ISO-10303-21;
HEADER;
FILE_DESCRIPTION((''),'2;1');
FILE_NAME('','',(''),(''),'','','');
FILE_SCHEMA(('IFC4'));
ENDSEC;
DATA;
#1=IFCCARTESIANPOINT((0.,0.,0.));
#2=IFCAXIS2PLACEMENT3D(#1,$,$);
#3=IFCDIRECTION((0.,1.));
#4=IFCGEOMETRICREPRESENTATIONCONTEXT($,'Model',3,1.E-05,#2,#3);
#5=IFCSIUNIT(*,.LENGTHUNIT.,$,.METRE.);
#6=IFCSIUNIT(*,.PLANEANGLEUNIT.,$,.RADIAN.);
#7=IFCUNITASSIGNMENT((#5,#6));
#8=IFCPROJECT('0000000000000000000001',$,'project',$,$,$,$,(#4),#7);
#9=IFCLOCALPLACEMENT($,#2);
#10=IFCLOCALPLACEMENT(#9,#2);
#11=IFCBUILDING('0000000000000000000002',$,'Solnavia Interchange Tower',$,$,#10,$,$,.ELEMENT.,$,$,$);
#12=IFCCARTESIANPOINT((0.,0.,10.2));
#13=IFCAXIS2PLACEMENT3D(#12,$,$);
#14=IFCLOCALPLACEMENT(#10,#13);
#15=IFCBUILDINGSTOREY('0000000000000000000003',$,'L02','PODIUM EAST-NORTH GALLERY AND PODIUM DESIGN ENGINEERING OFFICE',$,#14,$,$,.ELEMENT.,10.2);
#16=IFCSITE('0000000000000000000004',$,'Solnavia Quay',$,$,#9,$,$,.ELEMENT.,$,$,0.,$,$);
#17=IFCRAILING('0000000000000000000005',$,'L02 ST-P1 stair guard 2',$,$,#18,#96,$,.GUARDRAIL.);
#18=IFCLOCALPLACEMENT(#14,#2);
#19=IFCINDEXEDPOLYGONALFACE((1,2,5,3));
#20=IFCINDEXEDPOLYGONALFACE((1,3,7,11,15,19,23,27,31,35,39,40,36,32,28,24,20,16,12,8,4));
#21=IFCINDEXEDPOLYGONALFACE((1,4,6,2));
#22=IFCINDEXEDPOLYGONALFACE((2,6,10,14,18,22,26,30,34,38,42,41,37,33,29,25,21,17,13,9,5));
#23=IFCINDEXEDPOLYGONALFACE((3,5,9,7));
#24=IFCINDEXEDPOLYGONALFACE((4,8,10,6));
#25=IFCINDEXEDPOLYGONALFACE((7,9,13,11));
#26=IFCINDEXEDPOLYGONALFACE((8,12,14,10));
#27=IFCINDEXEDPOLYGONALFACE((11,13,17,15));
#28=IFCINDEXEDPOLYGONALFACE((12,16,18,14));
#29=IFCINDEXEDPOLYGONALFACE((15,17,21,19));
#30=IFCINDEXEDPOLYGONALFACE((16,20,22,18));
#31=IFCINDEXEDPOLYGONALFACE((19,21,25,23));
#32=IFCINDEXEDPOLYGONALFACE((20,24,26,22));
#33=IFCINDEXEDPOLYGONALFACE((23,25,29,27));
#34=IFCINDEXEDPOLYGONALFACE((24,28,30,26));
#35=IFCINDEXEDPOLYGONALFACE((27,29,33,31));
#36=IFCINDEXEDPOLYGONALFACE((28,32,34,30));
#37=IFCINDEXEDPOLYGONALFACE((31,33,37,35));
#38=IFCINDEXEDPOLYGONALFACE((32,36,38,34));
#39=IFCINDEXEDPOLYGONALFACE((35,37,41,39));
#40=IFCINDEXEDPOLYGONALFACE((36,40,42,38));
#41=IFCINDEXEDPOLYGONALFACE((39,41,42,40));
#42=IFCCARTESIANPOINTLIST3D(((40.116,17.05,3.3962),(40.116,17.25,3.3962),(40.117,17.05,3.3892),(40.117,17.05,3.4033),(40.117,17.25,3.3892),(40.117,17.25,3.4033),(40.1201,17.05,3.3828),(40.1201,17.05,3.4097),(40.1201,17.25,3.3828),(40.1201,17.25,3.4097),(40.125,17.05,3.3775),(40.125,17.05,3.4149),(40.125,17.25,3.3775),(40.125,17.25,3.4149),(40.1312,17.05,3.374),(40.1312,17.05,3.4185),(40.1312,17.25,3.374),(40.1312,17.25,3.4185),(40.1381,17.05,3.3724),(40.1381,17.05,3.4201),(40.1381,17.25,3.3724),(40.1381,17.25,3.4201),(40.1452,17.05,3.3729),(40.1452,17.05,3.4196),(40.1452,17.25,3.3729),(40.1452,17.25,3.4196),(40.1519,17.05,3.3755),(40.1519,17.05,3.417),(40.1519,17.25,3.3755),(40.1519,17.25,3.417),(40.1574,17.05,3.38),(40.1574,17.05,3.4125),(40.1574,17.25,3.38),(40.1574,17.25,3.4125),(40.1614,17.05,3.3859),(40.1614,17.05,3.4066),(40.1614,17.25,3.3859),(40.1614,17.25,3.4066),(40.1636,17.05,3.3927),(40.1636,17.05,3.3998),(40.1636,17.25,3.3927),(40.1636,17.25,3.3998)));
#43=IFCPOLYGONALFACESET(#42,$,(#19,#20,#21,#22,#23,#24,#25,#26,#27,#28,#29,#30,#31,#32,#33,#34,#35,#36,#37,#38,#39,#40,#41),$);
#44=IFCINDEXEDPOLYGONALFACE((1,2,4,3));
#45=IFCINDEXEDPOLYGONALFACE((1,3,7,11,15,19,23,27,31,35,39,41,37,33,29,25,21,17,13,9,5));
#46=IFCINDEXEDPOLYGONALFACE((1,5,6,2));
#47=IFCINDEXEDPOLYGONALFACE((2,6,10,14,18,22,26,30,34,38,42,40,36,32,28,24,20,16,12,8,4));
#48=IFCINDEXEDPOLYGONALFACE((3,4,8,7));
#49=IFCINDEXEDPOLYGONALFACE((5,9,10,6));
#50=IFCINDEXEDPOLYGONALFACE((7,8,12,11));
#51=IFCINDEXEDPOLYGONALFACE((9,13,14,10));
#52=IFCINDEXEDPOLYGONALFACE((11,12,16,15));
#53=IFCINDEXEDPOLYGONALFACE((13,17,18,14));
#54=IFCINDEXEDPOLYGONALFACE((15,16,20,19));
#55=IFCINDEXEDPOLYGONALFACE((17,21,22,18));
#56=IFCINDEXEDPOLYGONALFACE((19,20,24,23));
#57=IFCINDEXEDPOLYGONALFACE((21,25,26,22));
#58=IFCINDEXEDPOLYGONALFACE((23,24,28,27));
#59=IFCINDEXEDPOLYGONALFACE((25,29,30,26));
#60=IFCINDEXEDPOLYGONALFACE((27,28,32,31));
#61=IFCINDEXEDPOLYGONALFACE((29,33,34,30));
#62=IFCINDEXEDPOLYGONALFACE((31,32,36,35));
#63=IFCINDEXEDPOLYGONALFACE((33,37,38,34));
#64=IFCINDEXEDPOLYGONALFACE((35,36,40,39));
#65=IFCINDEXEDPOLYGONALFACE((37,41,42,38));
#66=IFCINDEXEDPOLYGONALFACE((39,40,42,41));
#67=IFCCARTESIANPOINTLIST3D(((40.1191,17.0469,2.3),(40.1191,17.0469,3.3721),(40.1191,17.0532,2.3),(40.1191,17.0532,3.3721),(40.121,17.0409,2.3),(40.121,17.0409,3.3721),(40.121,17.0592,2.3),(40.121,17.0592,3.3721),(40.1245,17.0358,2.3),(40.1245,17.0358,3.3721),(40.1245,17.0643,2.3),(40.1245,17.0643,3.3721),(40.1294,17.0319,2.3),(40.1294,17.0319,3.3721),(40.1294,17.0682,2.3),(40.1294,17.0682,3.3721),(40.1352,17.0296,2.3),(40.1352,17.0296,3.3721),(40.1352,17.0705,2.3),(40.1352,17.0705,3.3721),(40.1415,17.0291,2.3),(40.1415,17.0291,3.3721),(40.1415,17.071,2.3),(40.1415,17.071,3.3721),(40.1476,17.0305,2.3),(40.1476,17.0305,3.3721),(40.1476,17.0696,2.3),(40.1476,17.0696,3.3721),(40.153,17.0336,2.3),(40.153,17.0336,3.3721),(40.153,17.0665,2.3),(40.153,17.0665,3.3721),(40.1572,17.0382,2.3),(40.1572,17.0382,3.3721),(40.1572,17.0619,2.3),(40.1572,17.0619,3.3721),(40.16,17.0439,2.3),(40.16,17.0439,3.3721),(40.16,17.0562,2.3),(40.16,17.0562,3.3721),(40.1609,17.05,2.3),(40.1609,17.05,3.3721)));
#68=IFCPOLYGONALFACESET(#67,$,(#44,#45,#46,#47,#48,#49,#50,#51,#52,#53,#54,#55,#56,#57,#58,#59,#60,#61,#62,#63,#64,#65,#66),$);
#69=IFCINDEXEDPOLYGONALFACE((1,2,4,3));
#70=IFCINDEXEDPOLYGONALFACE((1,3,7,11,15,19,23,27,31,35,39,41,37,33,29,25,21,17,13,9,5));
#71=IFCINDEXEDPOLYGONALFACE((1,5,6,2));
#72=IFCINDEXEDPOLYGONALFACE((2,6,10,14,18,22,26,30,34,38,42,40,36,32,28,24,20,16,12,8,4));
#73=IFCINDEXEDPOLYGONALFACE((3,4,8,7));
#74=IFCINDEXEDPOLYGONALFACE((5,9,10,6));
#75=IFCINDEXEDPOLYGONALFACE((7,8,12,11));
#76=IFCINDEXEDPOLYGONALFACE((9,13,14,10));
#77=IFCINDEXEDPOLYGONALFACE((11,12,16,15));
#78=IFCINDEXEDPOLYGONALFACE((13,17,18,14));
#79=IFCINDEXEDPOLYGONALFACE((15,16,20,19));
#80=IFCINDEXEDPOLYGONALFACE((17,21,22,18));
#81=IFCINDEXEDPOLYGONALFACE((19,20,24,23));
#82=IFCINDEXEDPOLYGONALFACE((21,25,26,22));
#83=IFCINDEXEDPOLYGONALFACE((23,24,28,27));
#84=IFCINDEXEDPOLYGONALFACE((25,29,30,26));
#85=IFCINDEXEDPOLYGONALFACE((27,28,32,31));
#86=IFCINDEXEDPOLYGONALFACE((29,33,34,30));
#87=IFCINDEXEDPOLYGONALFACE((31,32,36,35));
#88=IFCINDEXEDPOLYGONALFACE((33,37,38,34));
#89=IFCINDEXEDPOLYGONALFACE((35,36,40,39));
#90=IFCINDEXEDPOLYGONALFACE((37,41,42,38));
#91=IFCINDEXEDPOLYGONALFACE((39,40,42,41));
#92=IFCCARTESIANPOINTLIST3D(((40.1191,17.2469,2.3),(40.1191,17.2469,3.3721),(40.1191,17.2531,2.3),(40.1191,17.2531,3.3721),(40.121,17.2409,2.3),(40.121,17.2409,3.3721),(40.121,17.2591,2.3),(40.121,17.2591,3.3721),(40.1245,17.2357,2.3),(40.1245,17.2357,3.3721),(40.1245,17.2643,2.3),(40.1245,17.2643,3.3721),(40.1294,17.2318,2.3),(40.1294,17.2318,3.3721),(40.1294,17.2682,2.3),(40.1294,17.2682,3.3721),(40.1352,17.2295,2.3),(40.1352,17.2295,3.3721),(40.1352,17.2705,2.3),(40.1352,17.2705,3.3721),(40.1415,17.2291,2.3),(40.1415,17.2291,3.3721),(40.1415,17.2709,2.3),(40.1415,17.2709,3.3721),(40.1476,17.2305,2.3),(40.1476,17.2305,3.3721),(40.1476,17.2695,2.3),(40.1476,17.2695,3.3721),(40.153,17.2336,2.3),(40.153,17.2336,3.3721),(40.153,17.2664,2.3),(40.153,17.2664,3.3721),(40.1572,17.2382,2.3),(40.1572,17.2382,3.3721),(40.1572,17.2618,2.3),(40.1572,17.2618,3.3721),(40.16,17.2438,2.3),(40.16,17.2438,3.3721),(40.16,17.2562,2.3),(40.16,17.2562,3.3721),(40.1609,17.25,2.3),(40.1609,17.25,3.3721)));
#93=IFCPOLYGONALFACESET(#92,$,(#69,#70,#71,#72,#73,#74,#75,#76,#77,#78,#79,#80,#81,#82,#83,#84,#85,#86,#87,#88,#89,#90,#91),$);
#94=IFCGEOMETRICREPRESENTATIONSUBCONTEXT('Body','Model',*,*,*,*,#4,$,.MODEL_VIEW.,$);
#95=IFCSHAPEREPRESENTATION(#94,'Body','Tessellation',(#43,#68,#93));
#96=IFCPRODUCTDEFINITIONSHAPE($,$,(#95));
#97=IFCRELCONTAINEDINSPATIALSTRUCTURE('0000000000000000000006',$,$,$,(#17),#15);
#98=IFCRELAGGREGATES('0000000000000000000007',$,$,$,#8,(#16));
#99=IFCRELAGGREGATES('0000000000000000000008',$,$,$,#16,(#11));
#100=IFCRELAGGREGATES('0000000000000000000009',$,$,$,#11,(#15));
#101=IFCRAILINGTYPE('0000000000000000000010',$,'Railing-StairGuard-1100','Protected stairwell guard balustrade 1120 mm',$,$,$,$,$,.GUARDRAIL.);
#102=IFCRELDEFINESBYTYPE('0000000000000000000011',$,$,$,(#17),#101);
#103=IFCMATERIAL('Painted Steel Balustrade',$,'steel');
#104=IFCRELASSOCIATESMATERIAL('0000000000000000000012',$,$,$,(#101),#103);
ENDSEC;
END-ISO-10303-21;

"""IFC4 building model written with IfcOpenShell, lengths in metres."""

from ifc_helpers import new_model, si_unit, direction, frame, origin, origin_2d, place, context, subcontext, project, spatial, circle, extrude, material, type_object, element, save


model = new_model("IFC4")

# Units and contexts
model_context = context("Model", 3, precision=1e-05, world=origin(), true_north=direction((0.0, 1.0)))
body_context = subcontext(model_context, "Body", "Model", "MODEL_VIEW")
ifc_project = project(units=[si_unit("LENGTHUNIT", "METRE"), si_unit("PLANEANGLEUNIT", "RADIAN")], contexts=[model_context])

# Site, building, storey
site_placement = place(None, origin())
site = spatial("IfcSite", under=ifc_project, at=site_placement, Name="Solnavia Quay", CompositionType="ELEMENT", RefElevation=0.0)
building_placement = place(site_placement, origin())
building = spatial("IfcBuilding", under=site, at=building_placement, Name="Solnavia Interchange Tower", CompositionType="ELEMENT")
storey_placement = place(building_placement, frame((0.0, 0.0, 10.2)))
storey = spatial("IfcBuildingStorey", under=building, at=storey_placement, Name="L02", Description="PODIUM EAST-NORTH GALLERY AND PODIUM DESIGN ENGINEERING OFFICE", CompositionType="ELEMENT", Elevation=10.2)

# Railing
ifc_material_1 = material(Name="Painted Steel Balustrade", Category="steel")
railing_type_1 = type_object("IfcRailingType", Name="Railing-StairGuard-1100", Description="Protected stairwell guard balustrade 1120 mm", PredefinedType="GUARDRAIL", material=ifc_material_1)
railing_1_placement = place(storey_placement, frame((40.1399, 17.05, 2.3)))
element("IfcRailing", 1, at=railing_1_placement, inside=storey, type_object=railing_type_1, Name="L02 ST-P1 stair guard 2", PredefinedType="GUARDRAIL", context=body_context, shape_type="SweptSolid", body=[
    extrude(circle(Radius=0.0239, at=origin_2d()), frame((0.0, 0.0, 1.0962), z_axis=(0.0, 1.0, 0.0), x_axis=(-1.0, 0.0, 0.0)), (0.0, 0.0, 1.0), 0.2),
    extrude(circle(Radius=0.021, at=origin_2d()), origin(), (0.0, 0.0, 1.0), 1.072),
    extrude(circle(Radius=0.021, at=origin_2d()), frame((0.0, 0.2, 0.0)), (0.0, 0.0, 1.0), 1.072),
])

save(model, "model.ifc")
